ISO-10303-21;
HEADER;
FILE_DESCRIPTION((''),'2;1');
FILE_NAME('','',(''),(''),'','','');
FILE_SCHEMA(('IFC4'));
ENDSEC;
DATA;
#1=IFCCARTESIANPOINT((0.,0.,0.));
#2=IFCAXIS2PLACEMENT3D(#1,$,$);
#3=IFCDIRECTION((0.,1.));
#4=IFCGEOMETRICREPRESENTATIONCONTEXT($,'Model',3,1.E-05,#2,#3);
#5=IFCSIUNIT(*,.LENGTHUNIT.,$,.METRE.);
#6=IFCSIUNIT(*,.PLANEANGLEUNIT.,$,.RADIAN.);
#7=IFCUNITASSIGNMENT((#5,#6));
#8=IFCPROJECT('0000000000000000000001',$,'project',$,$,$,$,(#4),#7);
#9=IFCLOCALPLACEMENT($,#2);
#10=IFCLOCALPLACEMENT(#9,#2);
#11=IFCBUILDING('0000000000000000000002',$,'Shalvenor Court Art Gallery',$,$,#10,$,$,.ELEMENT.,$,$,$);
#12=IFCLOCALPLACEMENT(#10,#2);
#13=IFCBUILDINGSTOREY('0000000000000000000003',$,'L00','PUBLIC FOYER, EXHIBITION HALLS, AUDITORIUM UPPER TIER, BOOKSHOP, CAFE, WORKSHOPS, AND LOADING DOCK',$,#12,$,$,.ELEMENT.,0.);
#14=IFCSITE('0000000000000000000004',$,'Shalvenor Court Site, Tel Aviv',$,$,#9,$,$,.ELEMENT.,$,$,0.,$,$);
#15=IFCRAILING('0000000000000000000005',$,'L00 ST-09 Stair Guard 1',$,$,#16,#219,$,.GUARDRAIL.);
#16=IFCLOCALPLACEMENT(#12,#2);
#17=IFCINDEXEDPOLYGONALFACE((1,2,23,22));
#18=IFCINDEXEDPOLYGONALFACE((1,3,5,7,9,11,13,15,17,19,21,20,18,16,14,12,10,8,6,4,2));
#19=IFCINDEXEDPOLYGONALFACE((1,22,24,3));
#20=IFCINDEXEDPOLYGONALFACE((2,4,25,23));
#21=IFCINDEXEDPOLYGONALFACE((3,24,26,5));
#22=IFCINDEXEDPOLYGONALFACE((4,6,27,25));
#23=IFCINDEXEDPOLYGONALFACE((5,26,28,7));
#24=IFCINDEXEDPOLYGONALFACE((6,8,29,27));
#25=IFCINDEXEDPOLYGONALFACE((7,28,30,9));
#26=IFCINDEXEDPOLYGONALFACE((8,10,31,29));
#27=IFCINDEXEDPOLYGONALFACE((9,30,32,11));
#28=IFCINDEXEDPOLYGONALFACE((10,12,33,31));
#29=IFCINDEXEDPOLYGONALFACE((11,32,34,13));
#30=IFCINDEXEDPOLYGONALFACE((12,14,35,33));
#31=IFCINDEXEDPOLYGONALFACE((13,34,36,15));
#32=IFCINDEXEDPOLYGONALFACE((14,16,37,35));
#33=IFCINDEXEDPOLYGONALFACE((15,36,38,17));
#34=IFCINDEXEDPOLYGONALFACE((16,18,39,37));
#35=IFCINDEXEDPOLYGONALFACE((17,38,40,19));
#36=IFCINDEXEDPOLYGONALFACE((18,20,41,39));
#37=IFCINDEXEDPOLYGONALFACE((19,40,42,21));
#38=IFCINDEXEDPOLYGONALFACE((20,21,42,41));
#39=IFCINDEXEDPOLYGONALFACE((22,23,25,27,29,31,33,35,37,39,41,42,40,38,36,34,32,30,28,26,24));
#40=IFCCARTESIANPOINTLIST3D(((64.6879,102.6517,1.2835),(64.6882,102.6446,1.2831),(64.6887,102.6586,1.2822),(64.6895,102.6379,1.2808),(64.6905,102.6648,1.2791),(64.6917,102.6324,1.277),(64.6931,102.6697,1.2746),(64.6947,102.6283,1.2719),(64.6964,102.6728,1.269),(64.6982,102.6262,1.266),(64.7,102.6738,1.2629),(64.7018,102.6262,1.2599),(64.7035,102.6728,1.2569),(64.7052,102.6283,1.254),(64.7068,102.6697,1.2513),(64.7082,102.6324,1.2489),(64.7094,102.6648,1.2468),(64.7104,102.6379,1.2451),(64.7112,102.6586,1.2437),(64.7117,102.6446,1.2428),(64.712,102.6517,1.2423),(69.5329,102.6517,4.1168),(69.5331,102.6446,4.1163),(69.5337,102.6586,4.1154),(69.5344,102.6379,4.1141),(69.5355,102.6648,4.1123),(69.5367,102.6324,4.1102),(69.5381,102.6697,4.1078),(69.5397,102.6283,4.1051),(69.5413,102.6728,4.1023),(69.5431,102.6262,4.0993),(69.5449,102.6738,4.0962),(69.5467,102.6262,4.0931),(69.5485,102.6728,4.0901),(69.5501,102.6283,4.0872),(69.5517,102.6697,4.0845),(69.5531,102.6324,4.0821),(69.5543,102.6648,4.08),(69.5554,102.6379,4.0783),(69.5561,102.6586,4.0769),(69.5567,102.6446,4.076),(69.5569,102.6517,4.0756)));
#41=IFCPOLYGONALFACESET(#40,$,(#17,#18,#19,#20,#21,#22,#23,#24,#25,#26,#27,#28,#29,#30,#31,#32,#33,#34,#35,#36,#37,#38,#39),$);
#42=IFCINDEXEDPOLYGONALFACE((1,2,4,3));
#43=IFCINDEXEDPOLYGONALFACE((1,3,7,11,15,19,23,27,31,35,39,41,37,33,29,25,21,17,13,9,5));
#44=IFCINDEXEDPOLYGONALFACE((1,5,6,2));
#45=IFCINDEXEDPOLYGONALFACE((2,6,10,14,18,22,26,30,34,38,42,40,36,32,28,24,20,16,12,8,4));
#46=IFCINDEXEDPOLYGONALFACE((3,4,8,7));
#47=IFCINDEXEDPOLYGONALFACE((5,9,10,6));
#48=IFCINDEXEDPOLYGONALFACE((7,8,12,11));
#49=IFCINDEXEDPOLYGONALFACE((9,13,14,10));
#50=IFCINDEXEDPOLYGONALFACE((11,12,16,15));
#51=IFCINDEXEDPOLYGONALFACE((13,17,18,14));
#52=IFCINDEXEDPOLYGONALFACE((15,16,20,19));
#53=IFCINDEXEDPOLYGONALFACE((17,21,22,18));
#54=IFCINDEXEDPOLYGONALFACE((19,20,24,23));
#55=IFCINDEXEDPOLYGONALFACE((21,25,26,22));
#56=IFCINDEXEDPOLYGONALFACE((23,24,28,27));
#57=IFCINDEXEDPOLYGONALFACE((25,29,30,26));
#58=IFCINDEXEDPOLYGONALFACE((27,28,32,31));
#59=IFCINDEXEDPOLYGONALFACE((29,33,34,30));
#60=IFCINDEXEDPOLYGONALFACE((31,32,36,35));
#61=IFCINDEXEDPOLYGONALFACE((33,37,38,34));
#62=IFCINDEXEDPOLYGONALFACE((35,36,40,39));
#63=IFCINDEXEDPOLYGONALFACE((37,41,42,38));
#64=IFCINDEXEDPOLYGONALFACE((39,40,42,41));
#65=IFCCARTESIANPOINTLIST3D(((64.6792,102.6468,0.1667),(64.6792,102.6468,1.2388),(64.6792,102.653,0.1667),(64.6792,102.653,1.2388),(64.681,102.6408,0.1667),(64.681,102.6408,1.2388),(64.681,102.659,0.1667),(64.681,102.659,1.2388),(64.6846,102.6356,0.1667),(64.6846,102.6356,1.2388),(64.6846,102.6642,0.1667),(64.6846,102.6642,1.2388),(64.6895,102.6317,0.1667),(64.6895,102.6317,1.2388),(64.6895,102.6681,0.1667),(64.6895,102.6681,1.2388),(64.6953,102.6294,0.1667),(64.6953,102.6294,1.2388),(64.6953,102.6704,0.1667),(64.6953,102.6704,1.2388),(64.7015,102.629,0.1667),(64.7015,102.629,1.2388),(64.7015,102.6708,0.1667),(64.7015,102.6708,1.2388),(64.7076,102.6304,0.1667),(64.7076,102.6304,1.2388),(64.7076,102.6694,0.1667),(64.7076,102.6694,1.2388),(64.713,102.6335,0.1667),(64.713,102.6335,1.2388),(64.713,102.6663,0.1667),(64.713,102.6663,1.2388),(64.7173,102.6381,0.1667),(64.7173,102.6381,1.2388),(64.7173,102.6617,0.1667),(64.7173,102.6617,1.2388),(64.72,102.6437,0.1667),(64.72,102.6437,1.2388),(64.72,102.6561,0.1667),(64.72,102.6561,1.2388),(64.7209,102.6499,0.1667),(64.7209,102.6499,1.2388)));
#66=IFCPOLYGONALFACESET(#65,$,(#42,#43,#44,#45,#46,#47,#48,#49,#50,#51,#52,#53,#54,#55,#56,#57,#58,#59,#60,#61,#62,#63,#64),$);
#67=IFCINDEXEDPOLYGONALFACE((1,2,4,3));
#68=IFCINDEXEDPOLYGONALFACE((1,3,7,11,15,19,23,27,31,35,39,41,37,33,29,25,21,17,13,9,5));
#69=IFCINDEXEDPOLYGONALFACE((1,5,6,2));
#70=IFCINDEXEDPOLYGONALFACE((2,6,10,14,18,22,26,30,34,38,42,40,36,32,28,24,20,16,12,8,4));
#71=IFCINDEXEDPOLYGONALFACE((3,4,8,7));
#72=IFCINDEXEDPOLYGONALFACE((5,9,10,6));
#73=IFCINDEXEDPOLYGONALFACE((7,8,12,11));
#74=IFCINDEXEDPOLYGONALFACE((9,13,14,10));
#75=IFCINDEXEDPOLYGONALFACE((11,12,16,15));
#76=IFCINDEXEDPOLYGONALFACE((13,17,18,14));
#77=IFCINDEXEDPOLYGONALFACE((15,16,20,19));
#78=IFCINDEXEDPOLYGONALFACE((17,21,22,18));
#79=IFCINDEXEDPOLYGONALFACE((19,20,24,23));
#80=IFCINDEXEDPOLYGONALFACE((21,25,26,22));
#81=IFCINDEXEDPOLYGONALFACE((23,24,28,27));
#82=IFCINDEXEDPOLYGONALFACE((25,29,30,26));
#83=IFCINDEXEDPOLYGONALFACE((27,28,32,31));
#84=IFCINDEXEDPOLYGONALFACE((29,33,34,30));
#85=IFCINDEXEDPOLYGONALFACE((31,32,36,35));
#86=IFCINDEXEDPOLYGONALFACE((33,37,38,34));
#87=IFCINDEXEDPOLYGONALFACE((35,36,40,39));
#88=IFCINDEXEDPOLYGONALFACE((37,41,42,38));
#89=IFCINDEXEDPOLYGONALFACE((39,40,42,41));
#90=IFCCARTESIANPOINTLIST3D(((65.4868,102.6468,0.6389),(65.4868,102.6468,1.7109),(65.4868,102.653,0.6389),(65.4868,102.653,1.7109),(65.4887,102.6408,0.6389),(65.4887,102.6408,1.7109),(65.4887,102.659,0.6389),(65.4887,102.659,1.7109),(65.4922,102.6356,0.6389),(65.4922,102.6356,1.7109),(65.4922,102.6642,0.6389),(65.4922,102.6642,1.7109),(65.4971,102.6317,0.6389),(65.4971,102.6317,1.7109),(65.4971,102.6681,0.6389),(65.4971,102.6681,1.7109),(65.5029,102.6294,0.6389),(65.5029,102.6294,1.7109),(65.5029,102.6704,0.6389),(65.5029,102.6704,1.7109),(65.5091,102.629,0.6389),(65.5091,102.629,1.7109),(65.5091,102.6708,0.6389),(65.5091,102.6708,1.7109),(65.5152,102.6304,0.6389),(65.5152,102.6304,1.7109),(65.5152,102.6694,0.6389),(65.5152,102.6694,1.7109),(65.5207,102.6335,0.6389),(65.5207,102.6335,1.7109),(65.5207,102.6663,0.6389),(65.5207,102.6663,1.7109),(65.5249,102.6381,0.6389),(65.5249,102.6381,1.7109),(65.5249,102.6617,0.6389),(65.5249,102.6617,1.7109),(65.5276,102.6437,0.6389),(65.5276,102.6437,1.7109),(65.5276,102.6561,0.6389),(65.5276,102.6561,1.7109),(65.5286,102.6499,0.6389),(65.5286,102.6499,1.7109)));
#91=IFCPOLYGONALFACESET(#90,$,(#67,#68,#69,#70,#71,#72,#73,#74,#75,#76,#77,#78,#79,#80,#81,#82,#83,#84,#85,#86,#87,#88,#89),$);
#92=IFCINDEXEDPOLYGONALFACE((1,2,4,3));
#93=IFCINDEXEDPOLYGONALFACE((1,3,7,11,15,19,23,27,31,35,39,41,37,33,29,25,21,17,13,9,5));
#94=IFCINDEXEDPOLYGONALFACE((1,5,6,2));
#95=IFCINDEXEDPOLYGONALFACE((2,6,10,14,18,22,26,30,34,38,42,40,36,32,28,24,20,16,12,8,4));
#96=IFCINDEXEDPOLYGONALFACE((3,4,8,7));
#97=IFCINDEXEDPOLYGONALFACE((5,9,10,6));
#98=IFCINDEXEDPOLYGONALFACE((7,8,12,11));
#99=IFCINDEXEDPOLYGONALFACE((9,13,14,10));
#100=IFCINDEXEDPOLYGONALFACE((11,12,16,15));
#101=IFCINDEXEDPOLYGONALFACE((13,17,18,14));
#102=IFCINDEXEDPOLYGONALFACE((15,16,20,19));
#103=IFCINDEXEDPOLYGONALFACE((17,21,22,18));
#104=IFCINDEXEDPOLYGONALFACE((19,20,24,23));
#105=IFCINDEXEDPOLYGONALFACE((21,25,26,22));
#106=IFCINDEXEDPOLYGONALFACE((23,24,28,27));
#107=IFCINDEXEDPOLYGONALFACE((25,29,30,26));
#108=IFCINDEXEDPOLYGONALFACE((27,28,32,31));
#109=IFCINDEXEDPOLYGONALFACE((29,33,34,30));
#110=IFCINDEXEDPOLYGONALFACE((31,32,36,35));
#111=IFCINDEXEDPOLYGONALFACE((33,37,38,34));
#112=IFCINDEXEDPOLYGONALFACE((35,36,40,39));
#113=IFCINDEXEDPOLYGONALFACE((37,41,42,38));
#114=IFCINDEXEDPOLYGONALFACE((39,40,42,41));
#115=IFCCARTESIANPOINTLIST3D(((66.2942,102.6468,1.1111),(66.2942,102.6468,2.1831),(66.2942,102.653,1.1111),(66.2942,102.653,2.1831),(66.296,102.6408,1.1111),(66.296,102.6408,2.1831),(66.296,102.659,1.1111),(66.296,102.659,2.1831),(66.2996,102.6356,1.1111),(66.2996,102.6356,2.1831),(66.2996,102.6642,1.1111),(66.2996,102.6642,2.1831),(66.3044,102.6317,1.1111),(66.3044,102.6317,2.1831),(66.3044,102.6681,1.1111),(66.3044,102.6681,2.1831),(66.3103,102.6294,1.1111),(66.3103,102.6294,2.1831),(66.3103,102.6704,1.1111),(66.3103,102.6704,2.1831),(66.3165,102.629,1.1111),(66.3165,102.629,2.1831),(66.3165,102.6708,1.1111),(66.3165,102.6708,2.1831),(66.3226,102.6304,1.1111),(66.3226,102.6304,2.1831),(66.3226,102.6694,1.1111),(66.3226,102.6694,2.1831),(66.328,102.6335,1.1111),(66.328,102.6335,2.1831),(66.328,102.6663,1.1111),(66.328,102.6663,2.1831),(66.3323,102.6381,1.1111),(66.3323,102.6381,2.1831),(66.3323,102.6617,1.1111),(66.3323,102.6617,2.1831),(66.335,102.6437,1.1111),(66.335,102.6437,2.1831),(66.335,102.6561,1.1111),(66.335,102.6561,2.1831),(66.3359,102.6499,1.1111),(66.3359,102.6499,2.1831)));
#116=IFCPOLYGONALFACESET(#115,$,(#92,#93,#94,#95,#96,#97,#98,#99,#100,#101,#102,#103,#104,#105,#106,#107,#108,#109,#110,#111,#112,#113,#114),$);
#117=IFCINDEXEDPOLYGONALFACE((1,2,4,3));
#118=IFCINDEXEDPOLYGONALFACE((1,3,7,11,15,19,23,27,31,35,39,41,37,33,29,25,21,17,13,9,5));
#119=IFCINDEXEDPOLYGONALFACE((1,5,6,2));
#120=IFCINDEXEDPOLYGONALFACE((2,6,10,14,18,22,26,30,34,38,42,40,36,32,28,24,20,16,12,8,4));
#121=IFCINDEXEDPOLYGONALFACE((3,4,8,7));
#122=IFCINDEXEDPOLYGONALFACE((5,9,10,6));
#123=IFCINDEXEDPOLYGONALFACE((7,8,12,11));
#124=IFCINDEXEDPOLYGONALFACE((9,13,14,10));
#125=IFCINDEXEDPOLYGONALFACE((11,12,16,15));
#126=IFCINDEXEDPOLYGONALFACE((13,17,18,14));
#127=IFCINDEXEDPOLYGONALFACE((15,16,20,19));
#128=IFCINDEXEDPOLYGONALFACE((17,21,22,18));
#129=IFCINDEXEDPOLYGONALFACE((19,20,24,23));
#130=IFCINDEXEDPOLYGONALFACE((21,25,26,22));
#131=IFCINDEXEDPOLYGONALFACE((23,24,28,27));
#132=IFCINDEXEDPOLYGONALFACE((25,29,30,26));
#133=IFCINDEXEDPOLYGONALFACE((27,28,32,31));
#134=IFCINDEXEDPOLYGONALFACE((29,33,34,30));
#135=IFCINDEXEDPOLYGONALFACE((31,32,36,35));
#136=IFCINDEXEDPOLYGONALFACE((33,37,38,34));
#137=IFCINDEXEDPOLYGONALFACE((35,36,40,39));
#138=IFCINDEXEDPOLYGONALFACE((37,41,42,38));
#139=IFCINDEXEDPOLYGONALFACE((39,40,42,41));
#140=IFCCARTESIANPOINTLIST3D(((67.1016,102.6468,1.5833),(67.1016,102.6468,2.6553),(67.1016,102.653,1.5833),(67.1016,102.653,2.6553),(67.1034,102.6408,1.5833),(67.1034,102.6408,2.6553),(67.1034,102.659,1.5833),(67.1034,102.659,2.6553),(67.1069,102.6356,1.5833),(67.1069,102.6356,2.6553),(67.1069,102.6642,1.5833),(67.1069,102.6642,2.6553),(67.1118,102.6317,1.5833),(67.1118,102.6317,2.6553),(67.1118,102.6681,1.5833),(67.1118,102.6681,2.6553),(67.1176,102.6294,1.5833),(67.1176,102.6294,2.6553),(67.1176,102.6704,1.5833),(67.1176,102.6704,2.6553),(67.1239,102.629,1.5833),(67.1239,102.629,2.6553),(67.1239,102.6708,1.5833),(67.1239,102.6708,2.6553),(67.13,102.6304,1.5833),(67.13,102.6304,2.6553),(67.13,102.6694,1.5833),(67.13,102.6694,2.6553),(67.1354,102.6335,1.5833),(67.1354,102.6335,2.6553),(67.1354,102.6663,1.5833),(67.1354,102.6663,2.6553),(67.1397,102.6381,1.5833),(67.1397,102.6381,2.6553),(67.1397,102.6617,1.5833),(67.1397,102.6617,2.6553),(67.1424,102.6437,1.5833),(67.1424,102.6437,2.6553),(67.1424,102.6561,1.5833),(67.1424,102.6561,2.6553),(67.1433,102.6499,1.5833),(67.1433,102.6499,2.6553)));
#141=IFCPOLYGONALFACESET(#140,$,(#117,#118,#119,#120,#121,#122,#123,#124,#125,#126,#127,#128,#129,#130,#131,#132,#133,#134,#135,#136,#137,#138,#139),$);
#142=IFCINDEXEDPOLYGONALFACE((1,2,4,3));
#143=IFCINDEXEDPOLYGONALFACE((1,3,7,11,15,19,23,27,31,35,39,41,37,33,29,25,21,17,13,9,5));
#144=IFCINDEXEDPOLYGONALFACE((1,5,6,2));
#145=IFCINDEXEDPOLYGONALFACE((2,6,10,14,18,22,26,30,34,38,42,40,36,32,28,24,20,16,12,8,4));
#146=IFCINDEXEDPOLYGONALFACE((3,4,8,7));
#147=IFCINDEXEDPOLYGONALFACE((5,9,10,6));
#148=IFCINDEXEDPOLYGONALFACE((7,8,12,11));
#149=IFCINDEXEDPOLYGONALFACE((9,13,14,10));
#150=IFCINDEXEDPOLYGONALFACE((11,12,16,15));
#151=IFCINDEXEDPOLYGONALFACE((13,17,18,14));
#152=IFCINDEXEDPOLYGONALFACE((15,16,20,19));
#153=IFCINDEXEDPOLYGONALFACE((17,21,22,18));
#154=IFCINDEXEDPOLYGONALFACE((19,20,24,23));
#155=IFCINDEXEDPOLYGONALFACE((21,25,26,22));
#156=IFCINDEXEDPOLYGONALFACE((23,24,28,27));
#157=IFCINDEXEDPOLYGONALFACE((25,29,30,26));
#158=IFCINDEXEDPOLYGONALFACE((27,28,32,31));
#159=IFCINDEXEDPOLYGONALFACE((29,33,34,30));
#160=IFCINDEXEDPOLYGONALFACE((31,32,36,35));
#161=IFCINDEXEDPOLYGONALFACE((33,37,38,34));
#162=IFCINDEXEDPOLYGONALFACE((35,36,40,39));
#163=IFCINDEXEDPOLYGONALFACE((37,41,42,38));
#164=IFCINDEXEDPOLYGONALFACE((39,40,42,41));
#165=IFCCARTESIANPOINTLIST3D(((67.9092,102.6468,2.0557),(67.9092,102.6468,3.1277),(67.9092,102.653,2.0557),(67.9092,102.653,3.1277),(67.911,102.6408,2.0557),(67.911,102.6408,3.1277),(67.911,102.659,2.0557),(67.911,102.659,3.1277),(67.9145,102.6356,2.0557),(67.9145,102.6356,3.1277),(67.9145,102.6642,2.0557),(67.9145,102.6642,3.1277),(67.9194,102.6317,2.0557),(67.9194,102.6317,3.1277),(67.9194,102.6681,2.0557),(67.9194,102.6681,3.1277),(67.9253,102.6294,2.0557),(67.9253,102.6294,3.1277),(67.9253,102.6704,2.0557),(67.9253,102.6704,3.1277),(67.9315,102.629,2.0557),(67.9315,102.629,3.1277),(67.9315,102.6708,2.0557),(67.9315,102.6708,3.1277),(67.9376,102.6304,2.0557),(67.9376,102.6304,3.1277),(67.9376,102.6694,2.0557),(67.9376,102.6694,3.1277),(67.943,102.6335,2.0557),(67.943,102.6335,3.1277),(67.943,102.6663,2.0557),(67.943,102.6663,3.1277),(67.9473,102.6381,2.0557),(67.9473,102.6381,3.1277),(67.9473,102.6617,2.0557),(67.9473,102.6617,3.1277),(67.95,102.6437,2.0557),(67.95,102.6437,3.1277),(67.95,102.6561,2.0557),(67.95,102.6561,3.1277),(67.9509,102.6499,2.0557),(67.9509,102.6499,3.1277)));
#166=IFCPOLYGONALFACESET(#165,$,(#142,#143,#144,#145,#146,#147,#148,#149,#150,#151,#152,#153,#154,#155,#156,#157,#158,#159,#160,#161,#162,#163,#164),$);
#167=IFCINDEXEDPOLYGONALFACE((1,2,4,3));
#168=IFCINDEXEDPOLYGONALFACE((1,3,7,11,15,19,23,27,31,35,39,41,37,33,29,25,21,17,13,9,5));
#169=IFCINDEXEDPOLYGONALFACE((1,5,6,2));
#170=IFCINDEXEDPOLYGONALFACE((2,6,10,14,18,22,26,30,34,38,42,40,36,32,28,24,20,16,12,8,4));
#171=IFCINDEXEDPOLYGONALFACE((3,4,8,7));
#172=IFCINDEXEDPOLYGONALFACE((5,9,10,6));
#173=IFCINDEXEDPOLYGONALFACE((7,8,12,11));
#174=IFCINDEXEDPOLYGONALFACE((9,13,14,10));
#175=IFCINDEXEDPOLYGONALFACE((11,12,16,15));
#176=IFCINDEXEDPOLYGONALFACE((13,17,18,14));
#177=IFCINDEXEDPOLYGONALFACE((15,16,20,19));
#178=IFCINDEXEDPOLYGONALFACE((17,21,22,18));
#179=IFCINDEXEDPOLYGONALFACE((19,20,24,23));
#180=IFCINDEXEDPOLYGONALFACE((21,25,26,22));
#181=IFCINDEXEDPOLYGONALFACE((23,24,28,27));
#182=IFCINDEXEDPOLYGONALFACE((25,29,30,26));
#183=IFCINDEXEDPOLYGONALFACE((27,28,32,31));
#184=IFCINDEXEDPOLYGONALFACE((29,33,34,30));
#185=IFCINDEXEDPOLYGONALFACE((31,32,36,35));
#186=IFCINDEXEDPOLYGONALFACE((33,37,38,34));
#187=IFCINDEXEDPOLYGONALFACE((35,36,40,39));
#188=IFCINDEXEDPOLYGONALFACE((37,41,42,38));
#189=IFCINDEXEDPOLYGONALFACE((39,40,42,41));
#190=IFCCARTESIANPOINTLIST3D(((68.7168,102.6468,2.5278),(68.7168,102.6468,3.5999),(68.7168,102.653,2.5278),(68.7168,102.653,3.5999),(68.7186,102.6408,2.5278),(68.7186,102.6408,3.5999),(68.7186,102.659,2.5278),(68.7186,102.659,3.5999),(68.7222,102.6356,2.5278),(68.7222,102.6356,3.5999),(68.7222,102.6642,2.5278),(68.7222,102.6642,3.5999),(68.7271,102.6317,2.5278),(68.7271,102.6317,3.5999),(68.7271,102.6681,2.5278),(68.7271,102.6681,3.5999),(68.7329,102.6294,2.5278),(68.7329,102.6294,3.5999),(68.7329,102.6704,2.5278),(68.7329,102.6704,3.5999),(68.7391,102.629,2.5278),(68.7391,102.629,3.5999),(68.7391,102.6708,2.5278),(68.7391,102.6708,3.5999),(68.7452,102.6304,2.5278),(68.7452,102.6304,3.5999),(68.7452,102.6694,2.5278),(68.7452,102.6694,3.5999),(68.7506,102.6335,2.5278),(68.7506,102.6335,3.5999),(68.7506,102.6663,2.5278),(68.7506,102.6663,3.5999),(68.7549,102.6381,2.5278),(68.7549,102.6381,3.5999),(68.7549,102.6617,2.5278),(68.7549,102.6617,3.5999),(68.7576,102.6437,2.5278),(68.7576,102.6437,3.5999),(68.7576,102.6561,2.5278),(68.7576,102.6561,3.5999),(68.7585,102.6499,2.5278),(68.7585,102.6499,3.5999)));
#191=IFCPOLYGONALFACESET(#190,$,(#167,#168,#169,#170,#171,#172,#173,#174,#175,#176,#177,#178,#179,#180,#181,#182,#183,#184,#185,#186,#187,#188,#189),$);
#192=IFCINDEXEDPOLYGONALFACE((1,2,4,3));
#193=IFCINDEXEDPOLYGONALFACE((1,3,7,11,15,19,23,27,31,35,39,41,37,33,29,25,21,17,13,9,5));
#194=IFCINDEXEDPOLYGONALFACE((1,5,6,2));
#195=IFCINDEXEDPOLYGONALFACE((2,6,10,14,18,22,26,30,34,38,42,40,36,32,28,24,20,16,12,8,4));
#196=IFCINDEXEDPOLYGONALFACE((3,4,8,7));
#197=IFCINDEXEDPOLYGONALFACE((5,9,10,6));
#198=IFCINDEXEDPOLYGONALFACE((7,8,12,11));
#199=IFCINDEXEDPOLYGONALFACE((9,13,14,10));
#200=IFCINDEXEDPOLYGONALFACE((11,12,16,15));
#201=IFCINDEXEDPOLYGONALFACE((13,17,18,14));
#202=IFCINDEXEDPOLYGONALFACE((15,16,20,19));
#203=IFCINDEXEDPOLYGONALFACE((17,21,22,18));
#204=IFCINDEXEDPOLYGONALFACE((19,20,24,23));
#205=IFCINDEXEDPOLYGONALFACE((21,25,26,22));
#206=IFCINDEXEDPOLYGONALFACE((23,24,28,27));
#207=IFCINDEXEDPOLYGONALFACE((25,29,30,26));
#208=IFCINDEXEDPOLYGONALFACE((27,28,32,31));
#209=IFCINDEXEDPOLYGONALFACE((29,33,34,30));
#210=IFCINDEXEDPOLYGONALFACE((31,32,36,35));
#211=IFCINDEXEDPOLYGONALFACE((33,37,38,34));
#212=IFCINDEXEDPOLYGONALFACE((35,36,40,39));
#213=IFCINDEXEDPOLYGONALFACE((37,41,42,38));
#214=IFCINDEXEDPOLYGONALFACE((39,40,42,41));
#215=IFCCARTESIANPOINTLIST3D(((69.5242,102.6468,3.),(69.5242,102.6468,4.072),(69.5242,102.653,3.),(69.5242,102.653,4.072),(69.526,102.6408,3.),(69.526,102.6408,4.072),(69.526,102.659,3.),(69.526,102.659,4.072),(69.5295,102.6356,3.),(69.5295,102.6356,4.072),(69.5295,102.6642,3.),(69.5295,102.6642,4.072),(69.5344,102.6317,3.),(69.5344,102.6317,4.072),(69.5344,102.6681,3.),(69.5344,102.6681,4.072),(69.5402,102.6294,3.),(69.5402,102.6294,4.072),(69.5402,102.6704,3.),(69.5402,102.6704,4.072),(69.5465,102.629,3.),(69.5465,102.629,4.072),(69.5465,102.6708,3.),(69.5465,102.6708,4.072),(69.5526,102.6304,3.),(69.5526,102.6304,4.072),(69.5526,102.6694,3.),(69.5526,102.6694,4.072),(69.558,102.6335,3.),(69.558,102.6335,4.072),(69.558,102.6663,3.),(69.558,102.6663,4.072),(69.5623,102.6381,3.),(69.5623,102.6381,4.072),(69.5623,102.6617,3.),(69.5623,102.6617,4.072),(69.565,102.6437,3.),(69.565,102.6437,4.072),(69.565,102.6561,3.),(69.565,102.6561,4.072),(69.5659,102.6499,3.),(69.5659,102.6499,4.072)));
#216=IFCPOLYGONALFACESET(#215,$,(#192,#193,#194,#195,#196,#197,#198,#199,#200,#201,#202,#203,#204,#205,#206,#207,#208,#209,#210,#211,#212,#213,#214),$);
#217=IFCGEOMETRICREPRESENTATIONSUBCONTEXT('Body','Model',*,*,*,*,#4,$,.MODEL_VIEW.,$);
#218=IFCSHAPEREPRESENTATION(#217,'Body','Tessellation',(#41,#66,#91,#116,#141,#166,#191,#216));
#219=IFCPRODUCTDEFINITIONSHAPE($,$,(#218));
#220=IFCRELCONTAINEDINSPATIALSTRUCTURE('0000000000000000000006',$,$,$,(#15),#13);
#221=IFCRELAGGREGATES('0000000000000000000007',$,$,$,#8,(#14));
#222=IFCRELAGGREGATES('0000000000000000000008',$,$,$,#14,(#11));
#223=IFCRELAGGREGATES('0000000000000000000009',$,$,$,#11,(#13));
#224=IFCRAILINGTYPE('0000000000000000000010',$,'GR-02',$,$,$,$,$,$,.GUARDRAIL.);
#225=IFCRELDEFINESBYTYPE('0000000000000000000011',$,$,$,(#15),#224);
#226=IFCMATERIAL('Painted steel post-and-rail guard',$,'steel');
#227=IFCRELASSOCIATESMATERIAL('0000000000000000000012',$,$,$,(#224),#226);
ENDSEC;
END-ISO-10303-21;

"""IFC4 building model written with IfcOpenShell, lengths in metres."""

from ifc_helpers import new_model, si_unit, direction, frame, origin, origin_2d, place, context, subcontext, project, spatial, circle, extrude, material, type_object, element, save


model = new_model("IFC4")

# Units and contexts
model_context = context("Model", 3, precision=1e-05, world=origin(), true_north=direction((0.0, 1.0)))
body_context = subcontext(model_context, "Body", "Model", "MODEL_VIEW")
ifc_project = project(units=[si_unit("LENGTHUNIT", "METRE"), si_unit("PLANEANGLEUNIT", "RADIAN")], contexts=[model_context])

# Site, building, storey
site_placement = place(None, origin())
site = spatial("IfcSite", under=ifc_project, at=site_placement, Name="Shalvenor Court Site, Tel Aviv", CompositionType="ELEMENT", RefElevation=0.0)
building_placement = place(site_placement, origin())
building = spatial("IfcBuilding", under=site, at=building_placement, Name="Shalvenor Court Art Gallery", CompositionType="ELEMENT")
storey_placement = place(building_placement, origin())
storey = spatial("IfcBuildingStorey", under=building, at=storey_placement, Name="L00", Description="PUBLIC FOYER, EXHIBITION HALLS, AUDITORIUM UPPER TIER, BOOKSHOP, CAFE, WORKSHOPS, AND LOADING DOCK", CompositionType="ELEMENT", Elevation=0.0)

# Railing
ifc_material_1 = material(Name="Painted steel post-and-rail guard", Category="steel")
railing_type_1 = type_object("IfcRailingType", Name="GR-02", PredefinedType="GUARDRAIL", material=ifc_material_1)
railing_1_placement = place(storey_placement, frame((64.7, 102.6499, 0.1667)))
element("IfcRailing", 1, at=railing_1_placement, inside=storey, type_object=railing_type_1, Name="L00 ST-09 Stair Guard 1", PredefinedType="GUARDRAIL", context=body_context, shape_type="SweptSolid", body=[
    extrude(circle(Radius=0.0239, at=origin_2d()), frame((0.0, 0.0, 1.0962), z_axis=(0.863234, 0.0, 0.504804), x_axis=(0.0, 1.0, 0.0)), (0.0, 0.0, 1.0), 5.6125),
    extrude(circle(Radius=0.021, at=origin_2d()), origin(), (0.0, 0.0, 1.0), 1.072),
    extrude(circle(Radius=0.021, at=origin_2d()), frame((0.8076, 0.0, 0.4722)), (0.0, 0.0, 1.0), 1.072),
    extrude(circle(Radius=0.021, at=origin_2d()), frame((1.615, 0.0, 0.9443)), (0.0, 0.0, 1.0), 1.072),
    extrude(circle(Radius=0.021, at=origin_2d()), frame((2.4224, 0.0, 1.4165)), (0.0, 0.0, 1.0), 1.072),
    extrude(circle(Radius=0.021, at=origin_2d()), frame((3.23, 0.0, 1.8889)), (0.0, 0.0, 1.0), 1.072),
    extrude(circle(Radius=0.021, at=origin_2d()), frame((4.0376, 0.0, 2.3611)), (0.0, 0.0, 1.0), 1.072),
    extrude(circle(Radius=0.021, at=origin_2d()), frame((4.845, 0.0, 2.8333)), (0.0, 0.0, 1.0), 1.072),
])

save(model, "model.ifc")
